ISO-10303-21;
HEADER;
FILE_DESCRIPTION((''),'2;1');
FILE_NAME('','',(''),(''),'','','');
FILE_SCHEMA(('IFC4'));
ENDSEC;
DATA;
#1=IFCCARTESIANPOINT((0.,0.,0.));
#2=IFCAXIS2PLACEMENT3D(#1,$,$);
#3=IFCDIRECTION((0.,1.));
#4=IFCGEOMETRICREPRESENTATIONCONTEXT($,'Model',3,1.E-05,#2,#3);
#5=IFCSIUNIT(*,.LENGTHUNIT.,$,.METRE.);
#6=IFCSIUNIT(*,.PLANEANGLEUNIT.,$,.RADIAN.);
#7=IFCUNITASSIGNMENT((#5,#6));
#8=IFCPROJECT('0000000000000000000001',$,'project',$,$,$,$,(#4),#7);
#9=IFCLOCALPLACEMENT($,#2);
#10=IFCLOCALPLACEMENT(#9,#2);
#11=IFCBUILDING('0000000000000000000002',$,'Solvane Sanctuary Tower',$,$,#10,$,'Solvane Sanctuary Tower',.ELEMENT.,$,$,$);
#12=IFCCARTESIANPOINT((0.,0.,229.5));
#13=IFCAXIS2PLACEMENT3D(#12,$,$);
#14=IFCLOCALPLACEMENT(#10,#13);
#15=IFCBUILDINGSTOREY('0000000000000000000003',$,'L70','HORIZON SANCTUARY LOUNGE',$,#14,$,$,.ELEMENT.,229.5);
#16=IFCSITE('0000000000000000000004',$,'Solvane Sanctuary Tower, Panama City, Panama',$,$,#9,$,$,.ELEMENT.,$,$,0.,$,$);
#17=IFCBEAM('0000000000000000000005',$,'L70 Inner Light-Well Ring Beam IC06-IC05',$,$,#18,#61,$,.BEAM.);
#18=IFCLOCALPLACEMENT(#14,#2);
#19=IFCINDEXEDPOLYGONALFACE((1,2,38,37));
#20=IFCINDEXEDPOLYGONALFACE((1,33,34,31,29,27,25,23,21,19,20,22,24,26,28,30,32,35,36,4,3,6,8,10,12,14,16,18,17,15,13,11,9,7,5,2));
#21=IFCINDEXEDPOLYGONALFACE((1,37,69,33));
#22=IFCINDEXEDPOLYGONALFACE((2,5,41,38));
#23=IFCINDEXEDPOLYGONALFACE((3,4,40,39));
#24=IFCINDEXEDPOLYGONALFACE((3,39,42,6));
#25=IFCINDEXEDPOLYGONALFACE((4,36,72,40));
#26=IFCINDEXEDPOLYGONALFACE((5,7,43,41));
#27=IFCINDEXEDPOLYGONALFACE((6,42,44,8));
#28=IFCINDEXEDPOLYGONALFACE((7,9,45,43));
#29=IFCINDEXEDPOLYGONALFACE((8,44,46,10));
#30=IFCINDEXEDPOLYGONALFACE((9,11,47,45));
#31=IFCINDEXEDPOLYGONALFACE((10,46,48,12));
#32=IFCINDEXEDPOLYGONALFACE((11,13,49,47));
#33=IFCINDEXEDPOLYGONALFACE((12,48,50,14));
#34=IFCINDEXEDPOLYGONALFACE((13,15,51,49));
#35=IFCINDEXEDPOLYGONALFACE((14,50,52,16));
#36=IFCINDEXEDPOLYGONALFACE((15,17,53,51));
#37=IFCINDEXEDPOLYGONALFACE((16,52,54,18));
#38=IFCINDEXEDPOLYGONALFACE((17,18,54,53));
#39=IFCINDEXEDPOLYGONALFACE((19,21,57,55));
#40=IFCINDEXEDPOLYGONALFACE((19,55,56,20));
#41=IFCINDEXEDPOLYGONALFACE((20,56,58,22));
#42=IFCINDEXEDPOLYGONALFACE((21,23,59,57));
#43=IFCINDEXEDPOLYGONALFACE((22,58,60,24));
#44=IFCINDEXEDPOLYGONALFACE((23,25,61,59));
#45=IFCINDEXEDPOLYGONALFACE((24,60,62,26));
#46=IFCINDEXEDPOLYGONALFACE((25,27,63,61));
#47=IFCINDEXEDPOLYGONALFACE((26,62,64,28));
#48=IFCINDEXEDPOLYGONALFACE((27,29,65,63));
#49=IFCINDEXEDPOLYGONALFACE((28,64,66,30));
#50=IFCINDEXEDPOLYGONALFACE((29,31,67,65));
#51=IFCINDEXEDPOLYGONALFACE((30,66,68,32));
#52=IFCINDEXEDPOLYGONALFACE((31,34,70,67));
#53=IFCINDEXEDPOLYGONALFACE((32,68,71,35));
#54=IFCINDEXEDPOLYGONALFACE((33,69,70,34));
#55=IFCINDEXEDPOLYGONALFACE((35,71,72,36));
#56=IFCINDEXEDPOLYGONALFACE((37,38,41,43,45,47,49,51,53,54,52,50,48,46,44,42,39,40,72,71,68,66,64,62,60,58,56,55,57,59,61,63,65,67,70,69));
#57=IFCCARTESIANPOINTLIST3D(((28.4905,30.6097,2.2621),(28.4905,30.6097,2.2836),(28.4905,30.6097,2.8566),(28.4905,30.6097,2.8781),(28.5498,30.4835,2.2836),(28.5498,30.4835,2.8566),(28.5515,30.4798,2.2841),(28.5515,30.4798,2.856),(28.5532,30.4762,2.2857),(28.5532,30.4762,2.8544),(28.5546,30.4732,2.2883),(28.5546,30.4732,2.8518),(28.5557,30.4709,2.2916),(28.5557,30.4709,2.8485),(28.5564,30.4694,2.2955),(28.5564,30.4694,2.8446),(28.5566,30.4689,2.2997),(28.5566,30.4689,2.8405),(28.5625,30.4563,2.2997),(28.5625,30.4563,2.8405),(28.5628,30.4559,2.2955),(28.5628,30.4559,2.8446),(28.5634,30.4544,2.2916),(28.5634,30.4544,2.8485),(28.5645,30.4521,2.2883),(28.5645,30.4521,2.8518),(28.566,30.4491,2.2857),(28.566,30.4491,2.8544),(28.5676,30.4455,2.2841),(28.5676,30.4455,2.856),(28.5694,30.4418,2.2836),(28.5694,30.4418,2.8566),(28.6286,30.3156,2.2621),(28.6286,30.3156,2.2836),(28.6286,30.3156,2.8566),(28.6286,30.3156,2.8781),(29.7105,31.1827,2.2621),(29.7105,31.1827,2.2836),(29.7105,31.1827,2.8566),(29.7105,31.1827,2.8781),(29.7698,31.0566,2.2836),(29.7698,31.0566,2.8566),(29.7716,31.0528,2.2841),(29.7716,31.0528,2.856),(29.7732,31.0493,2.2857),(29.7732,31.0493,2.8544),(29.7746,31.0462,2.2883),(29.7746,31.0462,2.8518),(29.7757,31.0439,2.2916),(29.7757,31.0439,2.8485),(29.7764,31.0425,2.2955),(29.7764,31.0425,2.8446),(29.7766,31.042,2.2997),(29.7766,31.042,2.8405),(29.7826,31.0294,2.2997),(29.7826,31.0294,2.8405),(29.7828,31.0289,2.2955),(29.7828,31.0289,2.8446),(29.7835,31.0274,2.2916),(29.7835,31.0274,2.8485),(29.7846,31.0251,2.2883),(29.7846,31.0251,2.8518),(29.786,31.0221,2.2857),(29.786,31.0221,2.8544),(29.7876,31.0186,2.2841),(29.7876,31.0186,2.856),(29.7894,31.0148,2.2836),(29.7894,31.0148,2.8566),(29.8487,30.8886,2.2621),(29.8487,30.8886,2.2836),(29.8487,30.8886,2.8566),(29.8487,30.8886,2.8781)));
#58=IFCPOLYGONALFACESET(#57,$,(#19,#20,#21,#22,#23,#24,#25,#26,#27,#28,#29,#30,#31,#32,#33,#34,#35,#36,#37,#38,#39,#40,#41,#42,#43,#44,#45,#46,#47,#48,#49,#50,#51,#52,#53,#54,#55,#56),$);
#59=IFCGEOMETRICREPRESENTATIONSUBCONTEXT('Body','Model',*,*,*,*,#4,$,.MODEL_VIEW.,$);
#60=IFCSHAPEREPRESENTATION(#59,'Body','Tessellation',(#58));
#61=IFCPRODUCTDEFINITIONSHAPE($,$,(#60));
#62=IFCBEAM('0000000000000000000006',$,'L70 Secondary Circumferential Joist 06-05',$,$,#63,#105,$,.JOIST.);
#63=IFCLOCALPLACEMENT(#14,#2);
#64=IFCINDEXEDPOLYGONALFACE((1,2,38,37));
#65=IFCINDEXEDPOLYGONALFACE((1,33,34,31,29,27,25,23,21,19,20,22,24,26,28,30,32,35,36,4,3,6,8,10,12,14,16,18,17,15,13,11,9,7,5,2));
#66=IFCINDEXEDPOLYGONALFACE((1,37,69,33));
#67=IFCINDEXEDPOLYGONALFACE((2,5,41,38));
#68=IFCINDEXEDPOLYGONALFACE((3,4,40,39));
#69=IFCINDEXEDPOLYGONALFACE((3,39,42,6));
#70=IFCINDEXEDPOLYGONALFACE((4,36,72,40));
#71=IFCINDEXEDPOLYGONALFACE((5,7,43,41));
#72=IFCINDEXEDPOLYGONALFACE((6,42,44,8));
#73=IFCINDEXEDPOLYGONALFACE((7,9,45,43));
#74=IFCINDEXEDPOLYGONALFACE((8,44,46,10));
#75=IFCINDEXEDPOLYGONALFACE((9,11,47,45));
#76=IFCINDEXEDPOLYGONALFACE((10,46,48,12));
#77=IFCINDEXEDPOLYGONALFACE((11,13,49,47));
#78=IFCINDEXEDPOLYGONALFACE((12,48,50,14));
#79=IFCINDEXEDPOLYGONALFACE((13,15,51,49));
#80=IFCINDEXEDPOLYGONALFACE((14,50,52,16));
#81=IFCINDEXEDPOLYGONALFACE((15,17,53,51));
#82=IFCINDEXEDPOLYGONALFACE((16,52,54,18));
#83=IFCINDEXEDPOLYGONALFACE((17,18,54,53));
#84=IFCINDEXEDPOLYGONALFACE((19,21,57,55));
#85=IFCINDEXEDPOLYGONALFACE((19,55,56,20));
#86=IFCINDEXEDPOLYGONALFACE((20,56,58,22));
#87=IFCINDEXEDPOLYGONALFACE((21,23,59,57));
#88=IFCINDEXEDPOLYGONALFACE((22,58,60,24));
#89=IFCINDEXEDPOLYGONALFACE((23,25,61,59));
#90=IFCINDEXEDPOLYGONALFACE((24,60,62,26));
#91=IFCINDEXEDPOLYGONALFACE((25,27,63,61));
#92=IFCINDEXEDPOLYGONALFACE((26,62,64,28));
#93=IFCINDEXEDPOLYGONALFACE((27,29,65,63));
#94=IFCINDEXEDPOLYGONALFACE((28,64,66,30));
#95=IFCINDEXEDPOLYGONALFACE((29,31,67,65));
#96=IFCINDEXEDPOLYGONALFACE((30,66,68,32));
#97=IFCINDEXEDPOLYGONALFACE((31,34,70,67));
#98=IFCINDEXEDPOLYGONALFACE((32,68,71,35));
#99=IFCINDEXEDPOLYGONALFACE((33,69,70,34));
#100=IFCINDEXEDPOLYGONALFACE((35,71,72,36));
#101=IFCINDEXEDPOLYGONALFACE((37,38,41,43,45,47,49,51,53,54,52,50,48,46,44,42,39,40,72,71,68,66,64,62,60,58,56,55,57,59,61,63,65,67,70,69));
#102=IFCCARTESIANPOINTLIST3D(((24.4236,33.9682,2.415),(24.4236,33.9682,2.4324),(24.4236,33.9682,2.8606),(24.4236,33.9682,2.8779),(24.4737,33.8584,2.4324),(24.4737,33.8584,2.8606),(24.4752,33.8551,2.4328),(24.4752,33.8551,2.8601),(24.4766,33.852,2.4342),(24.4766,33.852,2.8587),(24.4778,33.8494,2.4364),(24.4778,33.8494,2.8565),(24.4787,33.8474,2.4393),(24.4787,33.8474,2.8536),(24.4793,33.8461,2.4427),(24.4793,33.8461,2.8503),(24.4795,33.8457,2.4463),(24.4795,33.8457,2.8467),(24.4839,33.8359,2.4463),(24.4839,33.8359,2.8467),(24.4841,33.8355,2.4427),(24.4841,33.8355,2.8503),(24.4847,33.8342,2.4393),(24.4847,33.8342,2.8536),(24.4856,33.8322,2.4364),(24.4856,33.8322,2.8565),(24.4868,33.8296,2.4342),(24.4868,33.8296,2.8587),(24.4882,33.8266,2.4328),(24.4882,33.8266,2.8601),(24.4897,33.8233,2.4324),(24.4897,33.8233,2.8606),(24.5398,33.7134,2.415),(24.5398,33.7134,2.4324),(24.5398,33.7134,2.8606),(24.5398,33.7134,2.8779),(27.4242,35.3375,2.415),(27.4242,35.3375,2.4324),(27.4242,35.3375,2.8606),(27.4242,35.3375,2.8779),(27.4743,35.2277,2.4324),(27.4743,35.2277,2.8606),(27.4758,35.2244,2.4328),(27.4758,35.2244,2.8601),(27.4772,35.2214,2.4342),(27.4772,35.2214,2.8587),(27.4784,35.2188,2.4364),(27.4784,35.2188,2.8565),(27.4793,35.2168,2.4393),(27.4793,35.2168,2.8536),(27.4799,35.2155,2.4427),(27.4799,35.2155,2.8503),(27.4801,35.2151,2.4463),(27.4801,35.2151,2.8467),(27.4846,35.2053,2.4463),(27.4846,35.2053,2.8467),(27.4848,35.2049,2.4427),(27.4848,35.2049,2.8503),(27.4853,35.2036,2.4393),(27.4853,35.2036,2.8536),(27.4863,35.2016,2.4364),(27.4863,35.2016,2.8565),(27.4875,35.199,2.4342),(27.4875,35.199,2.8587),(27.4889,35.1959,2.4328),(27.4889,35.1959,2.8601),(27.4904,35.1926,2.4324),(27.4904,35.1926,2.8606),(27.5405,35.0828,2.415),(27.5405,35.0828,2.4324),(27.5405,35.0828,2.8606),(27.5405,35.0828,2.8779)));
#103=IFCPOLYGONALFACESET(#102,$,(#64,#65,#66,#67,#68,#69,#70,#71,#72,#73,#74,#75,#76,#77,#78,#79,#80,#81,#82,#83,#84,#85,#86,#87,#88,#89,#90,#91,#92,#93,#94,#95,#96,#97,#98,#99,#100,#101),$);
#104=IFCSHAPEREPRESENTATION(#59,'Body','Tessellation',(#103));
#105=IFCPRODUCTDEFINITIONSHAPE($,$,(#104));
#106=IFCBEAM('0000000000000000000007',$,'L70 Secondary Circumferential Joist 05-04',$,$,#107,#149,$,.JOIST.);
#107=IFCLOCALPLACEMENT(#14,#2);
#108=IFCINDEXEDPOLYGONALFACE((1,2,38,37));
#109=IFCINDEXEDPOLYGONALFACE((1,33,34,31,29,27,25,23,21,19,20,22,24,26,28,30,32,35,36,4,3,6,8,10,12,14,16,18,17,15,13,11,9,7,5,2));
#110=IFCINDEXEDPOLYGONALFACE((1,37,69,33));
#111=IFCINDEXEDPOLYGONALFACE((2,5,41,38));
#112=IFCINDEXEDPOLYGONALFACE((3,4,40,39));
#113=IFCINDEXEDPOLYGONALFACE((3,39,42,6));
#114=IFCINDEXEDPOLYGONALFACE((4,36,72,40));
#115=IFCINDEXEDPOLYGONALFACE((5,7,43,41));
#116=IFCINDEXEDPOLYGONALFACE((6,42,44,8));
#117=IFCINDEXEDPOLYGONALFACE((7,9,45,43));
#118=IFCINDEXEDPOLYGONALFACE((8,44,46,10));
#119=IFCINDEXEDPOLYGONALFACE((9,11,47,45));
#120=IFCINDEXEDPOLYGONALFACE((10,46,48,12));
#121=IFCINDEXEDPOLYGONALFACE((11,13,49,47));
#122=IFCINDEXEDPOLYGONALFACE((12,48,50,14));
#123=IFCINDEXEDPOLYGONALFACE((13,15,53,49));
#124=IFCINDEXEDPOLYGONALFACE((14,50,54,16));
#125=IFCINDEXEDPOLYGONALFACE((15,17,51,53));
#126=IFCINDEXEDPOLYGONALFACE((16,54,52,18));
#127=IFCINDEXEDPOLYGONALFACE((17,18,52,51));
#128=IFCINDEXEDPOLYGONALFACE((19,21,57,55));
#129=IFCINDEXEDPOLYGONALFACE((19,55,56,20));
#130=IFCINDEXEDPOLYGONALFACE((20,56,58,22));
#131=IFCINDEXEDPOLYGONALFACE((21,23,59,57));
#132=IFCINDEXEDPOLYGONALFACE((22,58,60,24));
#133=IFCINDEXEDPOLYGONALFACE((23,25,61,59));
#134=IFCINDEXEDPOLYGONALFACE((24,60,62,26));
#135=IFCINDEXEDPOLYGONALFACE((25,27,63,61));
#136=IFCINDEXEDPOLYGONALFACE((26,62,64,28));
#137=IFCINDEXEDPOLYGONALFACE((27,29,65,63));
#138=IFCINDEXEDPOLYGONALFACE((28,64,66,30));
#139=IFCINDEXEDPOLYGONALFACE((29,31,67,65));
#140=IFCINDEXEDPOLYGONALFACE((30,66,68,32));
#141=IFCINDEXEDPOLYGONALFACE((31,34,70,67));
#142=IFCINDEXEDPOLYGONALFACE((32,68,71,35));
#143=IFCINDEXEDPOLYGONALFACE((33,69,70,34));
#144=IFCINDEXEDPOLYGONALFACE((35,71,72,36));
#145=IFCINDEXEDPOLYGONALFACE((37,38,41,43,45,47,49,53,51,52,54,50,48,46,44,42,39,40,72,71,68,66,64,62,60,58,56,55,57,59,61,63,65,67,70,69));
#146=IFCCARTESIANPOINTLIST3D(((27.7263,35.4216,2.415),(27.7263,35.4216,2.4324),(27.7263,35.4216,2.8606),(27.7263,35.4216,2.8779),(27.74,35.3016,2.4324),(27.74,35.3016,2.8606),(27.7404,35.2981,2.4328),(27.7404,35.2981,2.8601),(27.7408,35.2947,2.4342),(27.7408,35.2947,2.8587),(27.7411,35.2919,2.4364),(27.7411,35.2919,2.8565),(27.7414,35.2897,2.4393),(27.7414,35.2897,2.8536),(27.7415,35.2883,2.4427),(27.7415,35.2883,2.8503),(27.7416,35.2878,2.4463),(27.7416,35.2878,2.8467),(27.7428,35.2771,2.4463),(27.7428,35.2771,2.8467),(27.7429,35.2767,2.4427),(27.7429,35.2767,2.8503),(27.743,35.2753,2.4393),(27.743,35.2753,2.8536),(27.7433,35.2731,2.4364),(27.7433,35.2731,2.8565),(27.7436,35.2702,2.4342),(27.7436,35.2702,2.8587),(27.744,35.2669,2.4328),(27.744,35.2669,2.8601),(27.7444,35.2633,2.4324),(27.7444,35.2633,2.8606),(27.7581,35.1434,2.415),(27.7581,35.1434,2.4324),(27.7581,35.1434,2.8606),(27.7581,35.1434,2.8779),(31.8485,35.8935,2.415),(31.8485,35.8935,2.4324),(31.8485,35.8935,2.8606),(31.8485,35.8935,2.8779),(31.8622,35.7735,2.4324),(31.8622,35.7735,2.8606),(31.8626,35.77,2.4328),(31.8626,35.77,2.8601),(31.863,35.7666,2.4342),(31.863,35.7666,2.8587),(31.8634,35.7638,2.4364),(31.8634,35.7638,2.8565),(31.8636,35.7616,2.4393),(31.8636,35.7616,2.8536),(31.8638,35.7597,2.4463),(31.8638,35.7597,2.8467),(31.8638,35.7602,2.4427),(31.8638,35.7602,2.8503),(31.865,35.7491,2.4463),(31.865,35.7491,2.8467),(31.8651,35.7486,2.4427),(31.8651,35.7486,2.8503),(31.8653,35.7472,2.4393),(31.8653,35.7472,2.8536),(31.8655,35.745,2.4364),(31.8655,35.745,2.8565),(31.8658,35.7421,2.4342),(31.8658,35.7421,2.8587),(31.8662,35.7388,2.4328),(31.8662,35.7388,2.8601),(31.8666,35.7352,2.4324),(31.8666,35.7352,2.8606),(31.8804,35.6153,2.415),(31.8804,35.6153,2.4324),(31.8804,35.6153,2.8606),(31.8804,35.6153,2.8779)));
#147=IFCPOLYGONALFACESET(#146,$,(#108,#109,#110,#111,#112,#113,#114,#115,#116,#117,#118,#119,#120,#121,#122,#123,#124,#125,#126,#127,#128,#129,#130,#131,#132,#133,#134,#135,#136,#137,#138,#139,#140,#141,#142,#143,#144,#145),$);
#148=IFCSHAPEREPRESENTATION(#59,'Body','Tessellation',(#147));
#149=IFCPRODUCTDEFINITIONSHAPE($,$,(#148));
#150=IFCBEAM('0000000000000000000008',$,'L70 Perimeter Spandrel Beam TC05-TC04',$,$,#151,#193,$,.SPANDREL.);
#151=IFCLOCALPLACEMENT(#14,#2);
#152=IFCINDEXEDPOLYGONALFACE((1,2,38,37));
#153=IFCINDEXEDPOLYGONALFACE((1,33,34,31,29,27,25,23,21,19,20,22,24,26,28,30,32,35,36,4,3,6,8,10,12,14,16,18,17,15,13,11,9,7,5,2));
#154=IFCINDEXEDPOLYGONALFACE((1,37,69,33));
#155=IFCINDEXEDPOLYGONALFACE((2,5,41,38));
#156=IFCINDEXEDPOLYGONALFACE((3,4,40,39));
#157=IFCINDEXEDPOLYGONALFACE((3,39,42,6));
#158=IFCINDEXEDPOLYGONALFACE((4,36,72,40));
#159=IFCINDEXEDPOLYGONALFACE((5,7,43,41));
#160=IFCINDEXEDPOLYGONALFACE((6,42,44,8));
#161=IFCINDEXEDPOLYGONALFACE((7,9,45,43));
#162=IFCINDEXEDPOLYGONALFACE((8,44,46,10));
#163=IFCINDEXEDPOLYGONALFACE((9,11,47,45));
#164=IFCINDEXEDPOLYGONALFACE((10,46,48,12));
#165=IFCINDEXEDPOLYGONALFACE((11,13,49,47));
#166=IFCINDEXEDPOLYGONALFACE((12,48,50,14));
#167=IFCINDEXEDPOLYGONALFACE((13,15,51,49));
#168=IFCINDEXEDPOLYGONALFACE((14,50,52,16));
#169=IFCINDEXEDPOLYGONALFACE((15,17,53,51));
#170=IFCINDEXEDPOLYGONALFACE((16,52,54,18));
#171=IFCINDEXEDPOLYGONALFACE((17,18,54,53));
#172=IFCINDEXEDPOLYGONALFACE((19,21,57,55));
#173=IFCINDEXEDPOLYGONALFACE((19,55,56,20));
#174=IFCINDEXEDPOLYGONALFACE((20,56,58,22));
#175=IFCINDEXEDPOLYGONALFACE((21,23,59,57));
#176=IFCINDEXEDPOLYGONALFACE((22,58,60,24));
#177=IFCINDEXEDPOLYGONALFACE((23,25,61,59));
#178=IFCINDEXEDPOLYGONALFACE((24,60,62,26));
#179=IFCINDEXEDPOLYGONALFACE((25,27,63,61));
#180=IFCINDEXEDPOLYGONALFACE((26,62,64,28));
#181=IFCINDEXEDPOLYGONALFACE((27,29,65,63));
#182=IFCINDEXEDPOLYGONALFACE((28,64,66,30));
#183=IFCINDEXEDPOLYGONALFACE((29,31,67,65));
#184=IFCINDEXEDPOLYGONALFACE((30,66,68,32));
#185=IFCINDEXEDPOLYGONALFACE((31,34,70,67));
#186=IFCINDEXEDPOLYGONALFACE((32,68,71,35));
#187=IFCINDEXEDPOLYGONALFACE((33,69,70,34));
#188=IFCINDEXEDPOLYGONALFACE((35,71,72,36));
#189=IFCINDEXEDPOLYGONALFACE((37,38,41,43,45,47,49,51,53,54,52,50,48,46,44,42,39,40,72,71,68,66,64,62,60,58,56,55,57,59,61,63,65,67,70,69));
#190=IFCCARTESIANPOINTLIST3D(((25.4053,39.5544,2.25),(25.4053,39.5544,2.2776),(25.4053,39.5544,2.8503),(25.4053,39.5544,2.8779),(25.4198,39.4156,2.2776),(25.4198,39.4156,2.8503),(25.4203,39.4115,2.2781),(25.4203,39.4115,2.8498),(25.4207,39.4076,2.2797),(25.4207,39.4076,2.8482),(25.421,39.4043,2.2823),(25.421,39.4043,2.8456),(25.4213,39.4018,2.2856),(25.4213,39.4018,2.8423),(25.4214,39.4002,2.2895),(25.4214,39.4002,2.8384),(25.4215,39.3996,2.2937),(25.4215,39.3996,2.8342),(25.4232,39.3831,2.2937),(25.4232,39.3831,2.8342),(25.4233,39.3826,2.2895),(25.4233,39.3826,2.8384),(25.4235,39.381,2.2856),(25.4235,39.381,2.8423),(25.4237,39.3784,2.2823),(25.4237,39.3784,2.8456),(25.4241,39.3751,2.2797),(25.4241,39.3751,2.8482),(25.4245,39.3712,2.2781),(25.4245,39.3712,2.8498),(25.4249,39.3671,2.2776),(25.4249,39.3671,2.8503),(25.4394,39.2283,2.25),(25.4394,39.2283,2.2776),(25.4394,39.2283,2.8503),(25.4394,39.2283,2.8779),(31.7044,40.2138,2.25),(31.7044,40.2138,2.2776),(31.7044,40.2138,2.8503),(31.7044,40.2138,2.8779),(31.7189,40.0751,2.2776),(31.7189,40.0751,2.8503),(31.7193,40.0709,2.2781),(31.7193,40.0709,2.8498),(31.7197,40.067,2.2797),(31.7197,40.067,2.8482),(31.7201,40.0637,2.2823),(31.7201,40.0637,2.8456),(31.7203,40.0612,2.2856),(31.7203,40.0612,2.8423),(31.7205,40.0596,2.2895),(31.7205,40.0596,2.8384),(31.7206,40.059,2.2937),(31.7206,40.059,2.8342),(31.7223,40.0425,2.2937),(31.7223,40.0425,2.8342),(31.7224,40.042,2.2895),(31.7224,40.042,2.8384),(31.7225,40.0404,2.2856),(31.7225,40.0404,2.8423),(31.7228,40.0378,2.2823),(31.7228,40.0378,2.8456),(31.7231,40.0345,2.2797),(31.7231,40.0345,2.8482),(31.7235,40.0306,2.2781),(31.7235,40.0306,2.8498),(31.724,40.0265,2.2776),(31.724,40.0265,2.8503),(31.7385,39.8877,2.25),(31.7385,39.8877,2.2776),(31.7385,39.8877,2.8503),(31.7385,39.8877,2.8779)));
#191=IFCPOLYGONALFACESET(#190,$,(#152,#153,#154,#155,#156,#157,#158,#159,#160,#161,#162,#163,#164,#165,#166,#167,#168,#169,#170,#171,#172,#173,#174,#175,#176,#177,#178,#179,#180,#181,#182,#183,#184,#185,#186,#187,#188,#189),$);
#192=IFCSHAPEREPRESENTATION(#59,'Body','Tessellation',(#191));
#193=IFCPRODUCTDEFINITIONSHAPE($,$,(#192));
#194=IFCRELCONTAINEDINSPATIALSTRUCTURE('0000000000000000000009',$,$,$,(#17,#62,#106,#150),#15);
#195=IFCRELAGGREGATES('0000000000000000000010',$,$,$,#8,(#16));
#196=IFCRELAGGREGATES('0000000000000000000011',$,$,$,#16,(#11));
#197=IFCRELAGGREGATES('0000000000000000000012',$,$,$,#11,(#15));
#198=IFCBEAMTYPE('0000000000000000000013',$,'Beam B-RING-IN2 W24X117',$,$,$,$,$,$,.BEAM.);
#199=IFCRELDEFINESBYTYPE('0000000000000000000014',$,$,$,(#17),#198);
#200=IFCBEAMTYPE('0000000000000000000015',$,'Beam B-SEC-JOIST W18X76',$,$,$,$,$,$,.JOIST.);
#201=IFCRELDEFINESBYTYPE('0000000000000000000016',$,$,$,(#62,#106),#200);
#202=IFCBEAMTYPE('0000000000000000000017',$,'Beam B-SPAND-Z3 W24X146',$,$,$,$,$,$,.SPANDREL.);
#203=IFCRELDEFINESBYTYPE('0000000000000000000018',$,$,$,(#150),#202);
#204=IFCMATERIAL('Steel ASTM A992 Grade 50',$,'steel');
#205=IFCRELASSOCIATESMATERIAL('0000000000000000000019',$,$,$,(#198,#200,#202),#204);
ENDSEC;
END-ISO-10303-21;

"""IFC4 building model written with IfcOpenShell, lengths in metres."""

from ifc_helpers import new_model, si_unit, direction, frame, origin, origin_2d, place, context, subcontext, project, spatial, i_section, extrude, material, material_profile, profile_set, type_object, element, save


model = new_model("IFC4")

# Units and contexts
model_context = context("Model", 3, precision=1e-05, world=origin(), true_north=direction((0.0, 1.0)))
body_context = subcontext(model_context, "Body", "Model", "MODEL_VIEW")
ifc_project = project(units=[si_unit("LENGTHUNIT", "METRE"), si_unit("PLANEANGLEUNIT", "RADIAN")], contexts=[model_context])

# Site, building, storey
site_placement = place(None, origin())
site = spatial("IfcSite", under=ifc_project, at=site_placement, Name="Solvane Sanctuary Tower, Panama City, Panama", CompositionType="ELEMENT", RefElevation=0.0)
building_placement = place(site_placement, origin())
building = spatial("IfcBuilding", under=site, at=building_placement, Name="Solvane Sanctuary Tower", LongName="Solvane Sanctuary Tower", CompositionType="ELEMENT")
storey_placement = place(building_placement, frame((0.0, 0.0, 229.5)))
storey = spatial("IfcBuildingStorey", under=building, at=storey_placement, Name="L70", Description="HORIZON SANCTUARY LOUNGE", CompositionType="ELEMENT", Elevation=229.5)

# Beams
ifc_material_1 = material(Name="Steel ASTM A992 Grade 50", Category="steel")
ifc_material_profile_1 = material_profile(ifc_material_1, i_section(OverallWidth=0.325, OverallDepth=0.616, WebThickness=0.0139, FlangeThickness=0.0215, FilletRadius=0.0161, at=origin_2d()), Name="W24X117")
ifc_profile_set_1 = profile_set([ifc_material_profile_1], Name="Steel ASTM A992 Grade 50")
beam_type_1 = type_object("IfcBeamType", Name="Beam B-RING-IN2 W24X117", PredefinedType="BEAM", material=ifc_profile_set_1)
beam_1_placement = place(storey_placement, frame((28.5596, 30.4626, 2.5701), z_axis=(0.905135, 0.425125, 0.0), x_axis=(-0.425125, 0.905135, 0.0)))
element("IfcBeam", 1, at=beam_1_placement, inside=storey, type_object=beam_type_1, Name="L70 Inner Light-Well Ring Beam IC06-IC05", PredefinedType="BEAM", context=body_context, shape_type="SweptSolid", body=[
    extrude(i_section(OverallWidth=0.325, OverallDepth=0.616, WebThickness=0.0139, FlangeThickness=0.0215, FilletRadius=0.0161, at=origin_2d()), origin(), (0.0, 0.0, 1.0), 1.3479),
])
ifc_material_profile_2 = material_profile(ifc_material_1, i_section(OverallWidth=0.28, OverallDepth=0.4629, WebThickness=0.0107, FlangeThickness=0.0173, FilletRadius=0.0139, at=origin_2d()), Name="W18X76")
ifc_profile_set_2 = profile_set([ifc_material_profile_2], Name="Steel ASTM A992 Grade 50")
beam_type_2 = type_object("IfcBeamType", Name="Beam B-SEC-JOIST W18X76", PredefinedType="JOIST", material=ifc_profile_set_2)
beam_2_placement = place(storey_placement, frame((24.4817, 33.8408, 2.6465), z_axis=(0.909747, 0.415163, 0.0), x_axis=(-0.415163, 0.909747, 0.0)))
element("IfcBeam", 2, at=beam_2_placement, inside=storey, type_object=beam_type_2, Name="L70 Secondary Circumferential Joist 06-05", PredefinedType="JOIST", context=body_context, shape_type="SweptSolid", body=[
    extrude(i_section(OverallWidth=0.28, OverallDepth=0.4629, WebThickness=0.0107, FlangeThickness=0.0173, FilletRadius=0.0139, at=origin_2d()), origin(), (0.0, 0.0, 1.0), 3.2983),
])
beam_3_placement = place(storey_placement, frame((27.7422, 35.2825, 2.6465), z_axis=(0.993511, 0.113737, 0.0), x_axis=(-0.113737, 0.993511, 0.0)))
element("IfcBeam", 3, at=beam_3_placement, inside=storey, type_object=beam_type_2, Name="L70 Secondary Circumferential Joist 05-04", PredefinedType="JOIST", context=body_context, shape_type="SweptSolid", body=[
    extrude(i_section(OverallWidth=0.28, OverallDepth=0.4629, WebThickness=0.0107, FlangeThickness=0.0173, FilletRadius=0.0139, at=origin_2d()), origin(), (0.0, 0.0, 1.0), 4.1492),
])
ifc_material_profile_3 = material_profile(ifc_material_1, i_section(OverallWidth=0.3279, OverallDepth=0.6279, WebThickness=0.0166, FlangeThickness=0.0276, FilletRadius=0.0161, at=origin_2d()), Name="W24X146")
ifc_profile_set_3 = profile_set([ifc_material_profile_3], Name="Steel ASTM A992 Grade 50")
beam_type_3 = type_object("IfcBeamType", Name="Beam B-SPAND-Z3 W24X146", PredefinedType="SPANDREL", material=ifc_profile_set_3)
beam_4_placement = place(storey_placement, frame((25.4224, 39.3914, 2.564), z_axis=(0.994565, 0.104117, 0.0), x_axis=(-0.104117, 0.994565, 0.0)))
element("IfcBeam", 4, at=beam_4_placement, inside=storey, type_object=beam_type_3, Name="L70 Perimeter Spandrel Beam TC05-TC04", PredefinedType="SPANDREL", context=body_context, shape_type="SweptSolid", body=[
    extrude(i_section(OverallWidth=0.3279, OverallDepth=0.6279, WebThickness=0.0166, FlangeThickness=0.0276, FilletRadius=0.0161, at=origin_2d()), origin(), (0.0, 0.0, 1.0), 6.3335),
])

save(model, "model.ifc")
